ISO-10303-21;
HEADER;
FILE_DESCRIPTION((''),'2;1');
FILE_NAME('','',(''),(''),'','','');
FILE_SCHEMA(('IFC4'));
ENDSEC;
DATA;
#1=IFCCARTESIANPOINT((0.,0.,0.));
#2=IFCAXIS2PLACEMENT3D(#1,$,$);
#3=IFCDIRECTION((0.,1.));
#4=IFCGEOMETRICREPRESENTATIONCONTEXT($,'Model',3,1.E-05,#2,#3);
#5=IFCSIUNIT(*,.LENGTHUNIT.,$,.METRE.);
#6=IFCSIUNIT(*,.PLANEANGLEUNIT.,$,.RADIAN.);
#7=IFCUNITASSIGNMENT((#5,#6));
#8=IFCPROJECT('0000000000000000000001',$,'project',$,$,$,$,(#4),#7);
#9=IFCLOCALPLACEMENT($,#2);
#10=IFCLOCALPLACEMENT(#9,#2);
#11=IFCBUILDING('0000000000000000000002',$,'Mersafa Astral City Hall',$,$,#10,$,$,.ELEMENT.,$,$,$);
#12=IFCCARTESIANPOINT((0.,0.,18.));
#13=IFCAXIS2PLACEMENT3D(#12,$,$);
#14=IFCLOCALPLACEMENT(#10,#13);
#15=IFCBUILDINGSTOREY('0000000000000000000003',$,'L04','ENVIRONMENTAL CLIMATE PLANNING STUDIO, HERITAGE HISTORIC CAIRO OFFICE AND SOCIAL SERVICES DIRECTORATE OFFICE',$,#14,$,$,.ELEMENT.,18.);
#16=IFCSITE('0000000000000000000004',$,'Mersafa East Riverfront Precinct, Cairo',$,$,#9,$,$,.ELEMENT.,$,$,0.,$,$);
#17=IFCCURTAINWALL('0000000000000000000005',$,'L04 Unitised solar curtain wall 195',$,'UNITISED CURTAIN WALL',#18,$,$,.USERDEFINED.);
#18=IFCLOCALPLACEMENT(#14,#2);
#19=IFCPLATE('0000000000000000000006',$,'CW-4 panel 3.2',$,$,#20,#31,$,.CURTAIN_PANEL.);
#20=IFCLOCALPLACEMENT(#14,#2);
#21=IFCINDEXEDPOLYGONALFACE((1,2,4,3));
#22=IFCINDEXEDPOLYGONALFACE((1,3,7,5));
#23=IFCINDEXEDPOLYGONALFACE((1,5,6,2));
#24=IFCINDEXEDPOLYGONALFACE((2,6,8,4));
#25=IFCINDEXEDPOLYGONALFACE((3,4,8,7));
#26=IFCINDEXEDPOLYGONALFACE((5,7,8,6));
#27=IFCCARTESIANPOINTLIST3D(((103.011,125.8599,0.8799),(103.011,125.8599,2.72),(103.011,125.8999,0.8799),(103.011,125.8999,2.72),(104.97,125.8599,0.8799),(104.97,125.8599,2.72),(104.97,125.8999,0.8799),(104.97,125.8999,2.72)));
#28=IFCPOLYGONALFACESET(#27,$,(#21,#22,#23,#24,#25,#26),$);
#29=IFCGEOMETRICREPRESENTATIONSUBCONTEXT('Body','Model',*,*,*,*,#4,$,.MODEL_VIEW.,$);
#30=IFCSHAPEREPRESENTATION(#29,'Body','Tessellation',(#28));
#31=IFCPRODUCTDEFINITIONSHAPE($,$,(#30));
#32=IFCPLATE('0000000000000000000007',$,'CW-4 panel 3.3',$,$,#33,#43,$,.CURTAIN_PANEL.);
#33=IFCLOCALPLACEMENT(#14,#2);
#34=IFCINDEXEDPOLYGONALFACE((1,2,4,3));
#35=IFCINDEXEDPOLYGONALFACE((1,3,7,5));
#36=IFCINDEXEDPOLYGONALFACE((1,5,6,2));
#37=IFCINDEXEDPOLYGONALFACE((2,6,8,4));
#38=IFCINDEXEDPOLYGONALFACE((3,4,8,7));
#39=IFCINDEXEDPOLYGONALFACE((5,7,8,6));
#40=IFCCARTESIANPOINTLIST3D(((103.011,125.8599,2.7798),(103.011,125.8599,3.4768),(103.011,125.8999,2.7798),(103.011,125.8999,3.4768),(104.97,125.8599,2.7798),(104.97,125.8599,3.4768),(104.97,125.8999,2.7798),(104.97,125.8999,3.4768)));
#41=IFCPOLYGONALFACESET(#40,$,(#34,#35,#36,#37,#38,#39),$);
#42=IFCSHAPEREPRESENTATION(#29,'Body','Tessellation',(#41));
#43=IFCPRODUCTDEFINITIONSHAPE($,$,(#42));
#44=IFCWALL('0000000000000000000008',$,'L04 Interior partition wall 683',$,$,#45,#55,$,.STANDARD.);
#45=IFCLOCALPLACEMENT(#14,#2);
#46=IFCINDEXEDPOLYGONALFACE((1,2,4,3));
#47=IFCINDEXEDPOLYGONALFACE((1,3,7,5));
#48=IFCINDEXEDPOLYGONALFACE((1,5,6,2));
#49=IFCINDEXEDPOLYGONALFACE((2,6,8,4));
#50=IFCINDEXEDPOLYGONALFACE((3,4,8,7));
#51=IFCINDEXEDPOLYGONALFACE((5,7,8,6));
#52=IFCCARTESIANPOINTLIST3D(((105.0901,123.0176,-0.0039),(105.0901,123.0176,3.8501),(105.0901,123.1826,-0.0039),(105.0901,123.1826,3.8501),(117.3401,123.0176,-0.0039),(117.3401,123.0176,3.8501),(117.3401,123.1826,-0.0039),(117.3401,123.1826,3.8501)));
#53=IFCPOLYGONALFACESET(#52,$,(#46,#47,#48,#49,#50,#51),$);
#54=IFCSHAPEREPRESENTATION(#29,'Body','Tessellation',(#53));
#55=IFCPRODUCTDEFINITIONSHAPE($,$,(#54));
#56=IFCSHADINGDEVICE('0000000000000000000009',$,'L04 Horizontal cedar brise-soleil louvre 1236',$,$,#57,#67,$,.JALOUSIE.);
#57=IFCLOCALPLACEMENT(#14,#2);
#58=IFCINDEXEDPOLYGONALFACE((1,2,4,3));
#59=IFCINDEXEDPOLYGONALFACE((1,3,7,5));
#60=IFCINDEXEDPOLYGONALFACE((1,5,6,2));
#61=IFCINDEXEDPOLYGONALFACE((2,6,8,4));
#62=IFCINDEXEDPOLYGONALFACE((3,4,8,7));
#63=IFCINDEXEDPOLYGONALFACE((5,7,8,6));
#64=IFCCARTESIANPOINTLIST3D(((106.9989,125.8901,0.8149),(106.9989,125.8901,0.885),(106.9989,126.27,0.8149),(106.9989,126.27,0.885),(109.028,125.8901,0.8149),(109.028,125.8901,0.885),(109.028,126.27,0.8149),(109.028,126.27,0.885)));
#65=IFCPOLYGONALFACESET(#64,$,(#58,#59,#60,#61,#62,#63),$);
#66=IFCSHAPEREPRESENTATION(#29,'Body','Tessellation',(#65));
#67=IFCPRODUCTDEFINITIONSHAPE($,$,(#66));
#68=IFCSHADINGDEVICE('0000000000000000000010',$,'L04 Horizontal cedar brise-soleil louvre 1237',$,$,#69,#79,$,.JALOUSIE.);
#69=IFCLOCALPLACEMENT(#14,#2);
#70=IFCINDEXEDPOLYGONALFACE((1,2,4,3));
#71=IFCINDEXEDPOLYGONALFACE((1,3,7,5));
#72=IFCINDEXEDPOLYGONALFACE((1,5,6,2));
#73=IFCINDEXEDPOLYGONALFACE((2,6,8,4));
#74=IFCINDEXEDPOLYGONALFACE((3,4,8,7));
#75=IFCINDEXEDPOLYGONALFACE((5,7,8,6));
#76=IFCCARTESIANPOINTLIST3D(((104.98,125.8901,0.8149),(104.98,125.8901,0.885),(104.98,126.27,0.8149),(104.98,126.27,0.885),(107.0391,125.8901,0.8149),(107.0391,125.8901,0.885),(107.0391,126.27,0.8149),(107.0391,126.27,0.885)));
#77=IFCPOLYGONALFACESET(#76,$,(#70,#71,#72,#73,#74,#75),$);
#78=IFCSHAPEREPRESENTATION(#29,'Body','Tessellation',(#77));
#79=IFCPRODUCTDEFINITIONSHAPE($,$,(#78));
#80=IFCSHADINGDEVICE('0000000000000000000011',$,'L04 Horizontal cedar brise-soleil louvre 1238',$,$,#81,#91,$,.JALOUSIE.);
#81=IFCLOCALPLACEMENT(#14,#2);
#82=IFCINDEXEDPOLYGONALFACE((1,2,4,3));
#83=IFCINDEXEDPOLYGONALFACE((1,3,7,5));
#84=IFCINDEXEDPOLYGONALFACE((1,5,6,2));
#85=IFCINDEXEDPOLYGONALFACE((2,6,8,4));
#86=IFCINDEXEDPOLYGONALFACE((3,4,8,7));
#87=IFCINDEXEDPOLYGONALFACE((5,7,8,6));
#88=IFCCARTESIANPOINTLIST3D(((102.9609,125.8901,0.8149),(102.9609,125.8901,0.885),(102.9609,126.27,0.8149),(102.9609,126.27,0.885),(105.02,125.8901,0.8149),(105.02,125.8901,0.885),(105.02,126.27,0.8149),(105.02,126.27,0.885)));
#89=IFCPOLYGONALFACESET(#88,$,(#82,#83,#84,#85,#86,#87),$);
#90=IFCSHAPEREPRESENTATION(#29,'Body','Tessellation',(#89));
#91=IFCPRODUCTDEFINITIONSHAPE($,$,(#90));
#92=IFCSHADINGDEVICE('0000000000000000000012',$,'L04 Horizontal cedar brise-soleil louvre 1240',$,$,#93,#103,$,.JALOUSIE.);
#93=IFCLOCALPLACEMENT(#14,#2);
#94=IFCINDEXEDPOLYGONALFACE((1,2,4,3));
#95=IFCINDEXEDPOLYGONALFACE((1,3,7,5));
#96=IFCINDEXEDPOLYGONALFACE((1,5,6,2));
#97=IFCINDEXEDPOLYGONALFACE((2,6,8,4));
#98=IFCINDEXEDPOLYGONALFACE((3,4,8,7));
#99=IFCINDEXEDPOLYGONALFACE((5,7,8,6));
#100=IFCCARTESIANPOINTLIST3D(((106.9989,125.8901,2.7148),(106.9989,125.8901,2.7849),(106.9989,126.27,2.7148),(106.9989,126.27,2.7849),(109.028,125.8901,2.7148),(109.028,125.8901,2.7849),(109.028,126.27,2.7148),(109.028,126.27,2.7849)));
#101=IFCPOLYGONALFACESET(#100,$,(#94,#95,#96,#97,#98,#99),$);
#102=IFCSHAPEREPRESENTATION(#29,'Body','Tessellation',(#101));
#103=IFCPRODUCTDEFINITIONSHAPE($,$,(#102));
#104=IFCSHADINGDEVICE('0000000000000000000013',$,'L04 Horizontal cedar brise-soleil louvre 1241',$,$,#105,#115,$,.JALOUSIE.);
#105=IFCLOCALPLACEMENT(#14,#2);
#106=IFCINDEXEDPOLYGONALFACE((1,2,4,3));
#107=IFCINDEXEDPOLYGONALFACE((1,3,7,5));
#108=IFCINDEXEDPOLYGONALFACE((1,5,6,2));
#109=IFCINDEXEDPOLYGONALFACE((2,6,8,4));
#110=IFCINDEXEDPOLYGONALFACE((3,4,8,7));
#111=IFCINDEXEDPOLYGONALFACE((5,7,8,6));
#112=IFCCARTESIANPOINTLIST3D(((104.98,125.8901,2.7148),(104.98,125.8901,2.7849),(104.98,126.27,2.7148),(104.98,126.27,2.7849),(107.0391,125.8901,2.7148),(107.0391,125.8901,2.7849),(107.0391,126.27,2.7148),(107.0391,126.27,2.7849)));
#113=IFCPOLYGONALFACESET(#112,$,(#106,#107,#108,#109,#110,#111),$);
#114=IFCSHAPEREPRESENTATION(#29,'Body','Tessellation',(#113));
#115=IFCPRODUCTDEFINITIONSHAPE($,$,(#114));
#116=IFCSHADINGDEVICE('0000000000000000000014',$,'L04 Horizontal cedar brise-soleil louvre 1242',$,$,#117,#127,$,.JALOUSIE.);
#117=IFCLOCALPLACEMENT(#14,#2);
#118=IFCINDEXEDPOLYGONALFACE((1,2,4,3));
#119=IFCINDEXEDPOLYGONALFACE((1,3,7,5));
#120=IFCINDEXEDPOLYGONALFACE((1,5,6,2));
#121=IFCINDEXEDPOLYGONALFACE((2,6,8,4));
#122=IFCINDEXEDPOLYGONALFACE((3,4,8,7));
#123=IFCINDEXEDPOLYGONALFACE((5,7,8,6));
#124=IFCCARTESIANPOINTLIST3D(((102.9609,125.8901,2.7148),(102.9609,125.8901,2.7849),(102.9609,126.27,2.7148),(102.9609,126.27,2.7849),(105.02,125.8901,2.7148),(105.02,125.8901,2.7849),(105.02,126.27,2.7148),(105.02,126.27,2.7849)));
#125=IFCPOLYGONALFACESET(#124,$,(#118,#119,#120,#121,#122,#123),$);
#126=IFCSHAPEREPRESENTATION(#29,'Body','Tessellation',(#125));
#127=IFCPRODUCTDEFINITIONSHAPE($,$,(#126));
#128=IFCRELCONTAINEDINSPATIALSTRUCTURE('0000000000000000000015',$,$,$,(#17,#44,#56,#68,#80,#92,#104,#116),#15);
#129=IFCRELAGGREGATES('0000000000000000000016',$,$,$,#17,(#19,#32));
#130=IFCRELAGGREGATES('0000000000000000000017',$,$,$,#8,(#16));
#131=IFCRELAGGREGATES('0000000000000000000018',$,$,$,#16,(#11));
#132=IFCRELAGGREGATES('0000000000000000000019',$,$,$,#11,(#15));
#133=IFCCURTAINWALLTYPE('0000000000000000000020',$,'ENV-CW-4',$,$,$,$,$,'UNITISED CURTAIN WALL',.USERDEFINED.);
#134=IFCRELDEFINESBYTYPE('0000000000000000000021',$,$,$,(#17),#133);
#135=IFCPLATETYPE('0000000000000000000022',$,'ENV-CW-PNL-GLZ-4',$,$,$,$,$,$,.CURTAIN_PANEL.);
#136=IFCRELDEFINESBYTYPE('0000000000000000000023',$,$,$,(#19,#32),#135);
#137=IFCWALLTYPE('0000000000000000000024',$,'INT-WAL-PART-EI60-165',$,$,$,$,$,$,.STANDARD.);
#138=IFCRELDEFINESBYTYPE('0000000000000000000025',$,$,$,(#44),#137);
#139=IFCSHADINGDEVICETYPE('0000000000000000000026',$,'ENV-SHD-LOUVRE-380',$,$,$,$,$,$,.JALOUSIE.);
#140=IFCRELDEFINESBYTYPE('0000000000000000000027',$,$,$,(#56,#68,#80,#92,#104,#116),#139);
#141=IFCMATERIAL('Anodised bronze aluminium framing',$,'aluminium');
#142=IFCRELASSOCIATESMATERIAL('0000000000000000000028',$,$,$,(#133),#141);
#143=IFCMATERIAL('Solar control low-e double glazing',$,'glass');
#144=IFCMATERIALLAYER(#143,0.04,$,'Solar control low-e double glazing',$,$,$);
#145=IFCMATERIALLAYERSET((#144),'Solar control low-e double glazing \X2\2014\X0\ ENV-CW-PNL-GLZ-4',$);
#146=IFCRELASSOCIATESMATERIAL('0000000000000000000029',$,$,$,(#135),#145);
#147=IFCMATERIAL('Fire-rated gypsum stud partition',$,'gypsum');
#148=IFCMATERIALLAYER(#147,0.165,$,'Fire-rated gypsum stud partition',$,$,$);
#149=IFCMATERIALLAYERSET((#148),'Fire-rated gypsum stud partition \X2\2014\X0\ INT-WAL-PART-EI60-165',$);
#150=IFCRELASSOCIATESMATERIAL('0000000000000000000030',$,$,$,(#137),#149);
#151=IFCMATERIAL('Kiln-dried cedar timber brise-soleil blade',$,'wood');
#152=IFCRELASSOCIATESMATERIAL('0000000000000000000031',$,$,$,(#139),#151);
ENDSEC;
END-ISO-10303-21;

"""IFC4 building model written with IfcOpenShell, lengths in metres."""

from ifc_helpers import new_model, si_unit, direction, frame, frame_2d, origin, origin_2d, place, context, subcontext, project, spatial, rectangle, extrude, material, layer, layer_set, type_object, element, aggregate, save


model = new_model("IFC4")

# Units and contexts
model_context = context("Model", 3, precision=1e-05, world=origin(), true_north=direction((0.0, 1.0)))
body_context = subcontext(model_context, "Body", "Model", "MODEL_VIEW")
ifc_project = project(units=[si_unit("LENGTHUNIT", "METRE"), si_unit("PLANEANGLEUNIT", "RADIAN")], contexts=[model_context])

# Site, building, storey
site_placement = place(None, origin())
site = spatial("IfcSite", under=ifc_project, at=site_placement, Name="Mersafa East Riverfront Precinct, Cairo", CompositionType="ELEMENT", RefElevation=0.0)
building_placement = place(site_placement, origin())
building = spatial("IfcBuilding", under=site, at=building_placement, Name="Mersafa Astral City Hall", CompositionType="ELEMENT")
storey_placement = place(building_placement, frame((0.0, 0.0, 18.0)))
storey = spatial("IfcBuildingStorey", under=building, at=storey_placement, Name="L04", Description="ENVIRONMENTAL CLIMATE PLANNING STUDIO, HERITAGE HISTORIC CAIRO OFFICE AND SOCIAL SERVICES DIRECTORATE OFFICE", CompositionType="ELEMENT", Elevation=18.0)

# Curtain wall
ifc_material_1 = material(Name="Anodised bronze aluminium framing", Category="aluminium")
curtain_wall_type = type_object("IfcCurtainWallType", Name="ENV-CW-4", ElementType="UNITISED CURTAIN WALL", PredefinedType="USERDEFINED", material=ifc_material_1)
curtain_wall_placement = place(storey_placement, origin())
curtain_wall = element("IfcCurtainWall", 1, at=curtain_wall_placement, inside=storey, type_object=curtain_wall_type, Name="L04 Unitised solar curtain wall 195", ObjectType="UNITISED CURTAIN WALL", PredefinedType="USERDEFINED")

# Plates
ifc_material_2 = material(Name="Solar control low-e double glazing", Category="glass")
ifc_layer_1 = layer(ifc_material_2, 0.04, Name="Solar control low-e double glazing")
ifc_layer_set_1 = layer_set([ifc_layer_1], Name="Solar control low-e double glazing — ENV-CW-PNL-GLZ-4")
plate_type = type_object("IfcPlateType", Name="ENV-CW-PNL-GLZ-4", PredefinedType="CURTAIN_PANEL", material=ifc_layer_set_1)
plate_1_placement = place(storey_placement, frame((103.9905, 125.8799, 0.8799), z_axis=(0.0, 0.0, 1.0), x_axis=(-1.0, 0.0, 0.0)))
plate_1 = element("IfcPlate", 2, at=plate_1_placement, type_object=plate_type, Name="CW-4 panel 3.2", PredefinedType="CURTAIN_PANEL", context=body_context, shape_type="SweptSolid", body=[
    extrude(rectangle(XDim=1.959, YDim=0.04, at=origin_2d()), origin(), (0.0, 0.0, 1.0), 1.8401),
])
plate_2_placement = place(storey_placement, frame((103.9905, 125.8799, 2.7798), z_axis=(0.0, 0.0, 1.0), x_axis=(-1.0, 0.0, 0.0)))
plate_2 = element("IfcPlate", 3, at=plate_2_placement, type_object=plate_type, Name="CW-4 panel 3.3", PredefinedType="CURTAIN_PANEL", context=body_context, shape_type="SweptSolid", body=[
    extrude(rectangle(XDim=1.959, YDim=0.04, at=origin_2d()), origin(), (0.0, 0.0, 1.0), 0.697),
])
aggregate(curtain_wall, [plate_1, plate_2])

# Wall
ifc_material_3 = material(Name="Fire-rated gypsum stud partition", Category="gypsum")
ifc_layer_2 = layer(ifc_material_3, 0.165, Name="Fire-rated gypsum stud partition")
ifc_layer_set_2 = layer_set([ifc_layer_2], Name="Fire-rated gypsum stud partition — INT-WAL-PART-EI60-165")
wall_type = type_object("IfcWallType", Name="INT-WAL-PART-EI60-165", PredefinedType="STANDARD", material=ifc_layer_set_2)
wall_placement = place(storey_placement, frame((105.0901, 123.1001, -0.0039), z_axis=(0.0, 0.0, 1.0), x_axis=(1.0, 0.0, 0.0)))
element("IfcWall", 4, at=wall_placement, inside=storey, type_object=wall_type, Name="L04 Interior partition wall 683", PredefinedType="STANDARD", context=body_context, shape_type="SweptSolid", body=[
    extrude(rectangle(XDim=12.25, YDim=0.165, at=frame_2d((6.125, 0.0))), origin(), (0.0, 0.0, 1.0), 3.854),
])

# Shading devices
ifc_material_4 = material(Name="Kiln-dried cedar timber brise-soleil blade", Category="wood")
shading_device_type = type_object("IfcShadingDeviceType", Name="ENV-SHD-LOUVRE-380", PredefinedType="JALOUSIE", material=ifc_material_4)
shading_device_1_placement = place(storey_placement, frame((108.0134, 126.0801, 0.8149), z_axis=(0.0, 0.0, 1.0), x_axis=(-1.0, 0.0, 0.0)))
element("IfcShadingDevice", 5, at=shading_device_1_placement, inside=storey, type_object=shading_device_type, Name="L04 Horizontal cedar brise-soleil louvre 1236", PredefinedType="JALOUSIE", context=body_context, shape_type="SweptSolid", body=[
    extrude(rectangle(XDim=2.0291, YDim=0.3799, at=origin_2d()), origin(), (0.0, 0.0, 1.0), 0.0701),
])
for number, where, z_axis, x_axis, name in (
    (6, (106.0095, 126.0801, 0.8149), (0.0, 0.0, 1.0), (-1.0, 0.0, 0.0), "L04 Horizontal cedar brise-soleil louvre 1237"),
    (7, (103.9905, 126.0801, 0.8149), (0.0, 0.0, 1.0), (-1.0, 0.0, 0.0), "L04 Horizontal cedar brise-soleil louvre 1238"),
):
    element("IfcShadingDevice", number, at=place(storey_placement, frame(where, z_axis=z_axis, x_axis=x_axis)), inside=storey, type_object=shading_device_type, Name=name, PredefinedType="JALOUSIE", context=body_context, shape_type="SweptSolid", body=[
        extrude(rectangle(XDim=2.0591, YDim=0.3799, at=origin_2d()), origin(), (0.0, 0.0, 1.0), 0.0701),
    ])
shading_device_2_placement = place(storey_placement, frame((108.0134, 126.0801, 2.7148), z_axis=(0.0, 0.0, 1.0), x_axis=(-1.0, 0.0, 0.0)))
element("IfcShadingDevice", 8, at=shading_device_2_placement, inside=storey, type_object=shading_device_type, Name="L04 Horizontal cedar brise-soleil louvre 1240", PredefinedType="JALOUSIE", context=body_context, shape_type="SweptSolid", body=[
    extrude(rectangle(XDim=2.0291, YDim=0.3799, at=origin_2d()), origin(), (0.0, 0.0, 1.0), 0.0701),
])
for number, where, z_axis, x_axis, name in (
    (9, (106.0095, 126.0801, 2.7148), (0.0, 0.0, 1.0), (-1.0, 0.0, 0.0), "L04 Horizontal cedar brise-soleil louvre 1241"),
    (10, (103.9905, 126.0801, 2.7148), (0.0, 0.0, 1.0), (-1.0, 0.0, 0.0), "L04 Horizontal cedar brise-soleil louvre 1242"),
):
    element("IfcShadingDevice", number, at=place(storey_placement, frame(where, z_axis=z_axis, x_axis=x_axis)), inside=storey, type_object=shading_device_type, Name=name, PredefinedType="JALOUSIE", context=body_context, shape_type="SweptSolid", body=[
        extrude(rectangle(XDim=2.0591, YDim=0.3799, at=origin_2d()), origin(), (0.0, 0.0, 1.0), 0.0701),
    ])

save(model, "model.ifc")
